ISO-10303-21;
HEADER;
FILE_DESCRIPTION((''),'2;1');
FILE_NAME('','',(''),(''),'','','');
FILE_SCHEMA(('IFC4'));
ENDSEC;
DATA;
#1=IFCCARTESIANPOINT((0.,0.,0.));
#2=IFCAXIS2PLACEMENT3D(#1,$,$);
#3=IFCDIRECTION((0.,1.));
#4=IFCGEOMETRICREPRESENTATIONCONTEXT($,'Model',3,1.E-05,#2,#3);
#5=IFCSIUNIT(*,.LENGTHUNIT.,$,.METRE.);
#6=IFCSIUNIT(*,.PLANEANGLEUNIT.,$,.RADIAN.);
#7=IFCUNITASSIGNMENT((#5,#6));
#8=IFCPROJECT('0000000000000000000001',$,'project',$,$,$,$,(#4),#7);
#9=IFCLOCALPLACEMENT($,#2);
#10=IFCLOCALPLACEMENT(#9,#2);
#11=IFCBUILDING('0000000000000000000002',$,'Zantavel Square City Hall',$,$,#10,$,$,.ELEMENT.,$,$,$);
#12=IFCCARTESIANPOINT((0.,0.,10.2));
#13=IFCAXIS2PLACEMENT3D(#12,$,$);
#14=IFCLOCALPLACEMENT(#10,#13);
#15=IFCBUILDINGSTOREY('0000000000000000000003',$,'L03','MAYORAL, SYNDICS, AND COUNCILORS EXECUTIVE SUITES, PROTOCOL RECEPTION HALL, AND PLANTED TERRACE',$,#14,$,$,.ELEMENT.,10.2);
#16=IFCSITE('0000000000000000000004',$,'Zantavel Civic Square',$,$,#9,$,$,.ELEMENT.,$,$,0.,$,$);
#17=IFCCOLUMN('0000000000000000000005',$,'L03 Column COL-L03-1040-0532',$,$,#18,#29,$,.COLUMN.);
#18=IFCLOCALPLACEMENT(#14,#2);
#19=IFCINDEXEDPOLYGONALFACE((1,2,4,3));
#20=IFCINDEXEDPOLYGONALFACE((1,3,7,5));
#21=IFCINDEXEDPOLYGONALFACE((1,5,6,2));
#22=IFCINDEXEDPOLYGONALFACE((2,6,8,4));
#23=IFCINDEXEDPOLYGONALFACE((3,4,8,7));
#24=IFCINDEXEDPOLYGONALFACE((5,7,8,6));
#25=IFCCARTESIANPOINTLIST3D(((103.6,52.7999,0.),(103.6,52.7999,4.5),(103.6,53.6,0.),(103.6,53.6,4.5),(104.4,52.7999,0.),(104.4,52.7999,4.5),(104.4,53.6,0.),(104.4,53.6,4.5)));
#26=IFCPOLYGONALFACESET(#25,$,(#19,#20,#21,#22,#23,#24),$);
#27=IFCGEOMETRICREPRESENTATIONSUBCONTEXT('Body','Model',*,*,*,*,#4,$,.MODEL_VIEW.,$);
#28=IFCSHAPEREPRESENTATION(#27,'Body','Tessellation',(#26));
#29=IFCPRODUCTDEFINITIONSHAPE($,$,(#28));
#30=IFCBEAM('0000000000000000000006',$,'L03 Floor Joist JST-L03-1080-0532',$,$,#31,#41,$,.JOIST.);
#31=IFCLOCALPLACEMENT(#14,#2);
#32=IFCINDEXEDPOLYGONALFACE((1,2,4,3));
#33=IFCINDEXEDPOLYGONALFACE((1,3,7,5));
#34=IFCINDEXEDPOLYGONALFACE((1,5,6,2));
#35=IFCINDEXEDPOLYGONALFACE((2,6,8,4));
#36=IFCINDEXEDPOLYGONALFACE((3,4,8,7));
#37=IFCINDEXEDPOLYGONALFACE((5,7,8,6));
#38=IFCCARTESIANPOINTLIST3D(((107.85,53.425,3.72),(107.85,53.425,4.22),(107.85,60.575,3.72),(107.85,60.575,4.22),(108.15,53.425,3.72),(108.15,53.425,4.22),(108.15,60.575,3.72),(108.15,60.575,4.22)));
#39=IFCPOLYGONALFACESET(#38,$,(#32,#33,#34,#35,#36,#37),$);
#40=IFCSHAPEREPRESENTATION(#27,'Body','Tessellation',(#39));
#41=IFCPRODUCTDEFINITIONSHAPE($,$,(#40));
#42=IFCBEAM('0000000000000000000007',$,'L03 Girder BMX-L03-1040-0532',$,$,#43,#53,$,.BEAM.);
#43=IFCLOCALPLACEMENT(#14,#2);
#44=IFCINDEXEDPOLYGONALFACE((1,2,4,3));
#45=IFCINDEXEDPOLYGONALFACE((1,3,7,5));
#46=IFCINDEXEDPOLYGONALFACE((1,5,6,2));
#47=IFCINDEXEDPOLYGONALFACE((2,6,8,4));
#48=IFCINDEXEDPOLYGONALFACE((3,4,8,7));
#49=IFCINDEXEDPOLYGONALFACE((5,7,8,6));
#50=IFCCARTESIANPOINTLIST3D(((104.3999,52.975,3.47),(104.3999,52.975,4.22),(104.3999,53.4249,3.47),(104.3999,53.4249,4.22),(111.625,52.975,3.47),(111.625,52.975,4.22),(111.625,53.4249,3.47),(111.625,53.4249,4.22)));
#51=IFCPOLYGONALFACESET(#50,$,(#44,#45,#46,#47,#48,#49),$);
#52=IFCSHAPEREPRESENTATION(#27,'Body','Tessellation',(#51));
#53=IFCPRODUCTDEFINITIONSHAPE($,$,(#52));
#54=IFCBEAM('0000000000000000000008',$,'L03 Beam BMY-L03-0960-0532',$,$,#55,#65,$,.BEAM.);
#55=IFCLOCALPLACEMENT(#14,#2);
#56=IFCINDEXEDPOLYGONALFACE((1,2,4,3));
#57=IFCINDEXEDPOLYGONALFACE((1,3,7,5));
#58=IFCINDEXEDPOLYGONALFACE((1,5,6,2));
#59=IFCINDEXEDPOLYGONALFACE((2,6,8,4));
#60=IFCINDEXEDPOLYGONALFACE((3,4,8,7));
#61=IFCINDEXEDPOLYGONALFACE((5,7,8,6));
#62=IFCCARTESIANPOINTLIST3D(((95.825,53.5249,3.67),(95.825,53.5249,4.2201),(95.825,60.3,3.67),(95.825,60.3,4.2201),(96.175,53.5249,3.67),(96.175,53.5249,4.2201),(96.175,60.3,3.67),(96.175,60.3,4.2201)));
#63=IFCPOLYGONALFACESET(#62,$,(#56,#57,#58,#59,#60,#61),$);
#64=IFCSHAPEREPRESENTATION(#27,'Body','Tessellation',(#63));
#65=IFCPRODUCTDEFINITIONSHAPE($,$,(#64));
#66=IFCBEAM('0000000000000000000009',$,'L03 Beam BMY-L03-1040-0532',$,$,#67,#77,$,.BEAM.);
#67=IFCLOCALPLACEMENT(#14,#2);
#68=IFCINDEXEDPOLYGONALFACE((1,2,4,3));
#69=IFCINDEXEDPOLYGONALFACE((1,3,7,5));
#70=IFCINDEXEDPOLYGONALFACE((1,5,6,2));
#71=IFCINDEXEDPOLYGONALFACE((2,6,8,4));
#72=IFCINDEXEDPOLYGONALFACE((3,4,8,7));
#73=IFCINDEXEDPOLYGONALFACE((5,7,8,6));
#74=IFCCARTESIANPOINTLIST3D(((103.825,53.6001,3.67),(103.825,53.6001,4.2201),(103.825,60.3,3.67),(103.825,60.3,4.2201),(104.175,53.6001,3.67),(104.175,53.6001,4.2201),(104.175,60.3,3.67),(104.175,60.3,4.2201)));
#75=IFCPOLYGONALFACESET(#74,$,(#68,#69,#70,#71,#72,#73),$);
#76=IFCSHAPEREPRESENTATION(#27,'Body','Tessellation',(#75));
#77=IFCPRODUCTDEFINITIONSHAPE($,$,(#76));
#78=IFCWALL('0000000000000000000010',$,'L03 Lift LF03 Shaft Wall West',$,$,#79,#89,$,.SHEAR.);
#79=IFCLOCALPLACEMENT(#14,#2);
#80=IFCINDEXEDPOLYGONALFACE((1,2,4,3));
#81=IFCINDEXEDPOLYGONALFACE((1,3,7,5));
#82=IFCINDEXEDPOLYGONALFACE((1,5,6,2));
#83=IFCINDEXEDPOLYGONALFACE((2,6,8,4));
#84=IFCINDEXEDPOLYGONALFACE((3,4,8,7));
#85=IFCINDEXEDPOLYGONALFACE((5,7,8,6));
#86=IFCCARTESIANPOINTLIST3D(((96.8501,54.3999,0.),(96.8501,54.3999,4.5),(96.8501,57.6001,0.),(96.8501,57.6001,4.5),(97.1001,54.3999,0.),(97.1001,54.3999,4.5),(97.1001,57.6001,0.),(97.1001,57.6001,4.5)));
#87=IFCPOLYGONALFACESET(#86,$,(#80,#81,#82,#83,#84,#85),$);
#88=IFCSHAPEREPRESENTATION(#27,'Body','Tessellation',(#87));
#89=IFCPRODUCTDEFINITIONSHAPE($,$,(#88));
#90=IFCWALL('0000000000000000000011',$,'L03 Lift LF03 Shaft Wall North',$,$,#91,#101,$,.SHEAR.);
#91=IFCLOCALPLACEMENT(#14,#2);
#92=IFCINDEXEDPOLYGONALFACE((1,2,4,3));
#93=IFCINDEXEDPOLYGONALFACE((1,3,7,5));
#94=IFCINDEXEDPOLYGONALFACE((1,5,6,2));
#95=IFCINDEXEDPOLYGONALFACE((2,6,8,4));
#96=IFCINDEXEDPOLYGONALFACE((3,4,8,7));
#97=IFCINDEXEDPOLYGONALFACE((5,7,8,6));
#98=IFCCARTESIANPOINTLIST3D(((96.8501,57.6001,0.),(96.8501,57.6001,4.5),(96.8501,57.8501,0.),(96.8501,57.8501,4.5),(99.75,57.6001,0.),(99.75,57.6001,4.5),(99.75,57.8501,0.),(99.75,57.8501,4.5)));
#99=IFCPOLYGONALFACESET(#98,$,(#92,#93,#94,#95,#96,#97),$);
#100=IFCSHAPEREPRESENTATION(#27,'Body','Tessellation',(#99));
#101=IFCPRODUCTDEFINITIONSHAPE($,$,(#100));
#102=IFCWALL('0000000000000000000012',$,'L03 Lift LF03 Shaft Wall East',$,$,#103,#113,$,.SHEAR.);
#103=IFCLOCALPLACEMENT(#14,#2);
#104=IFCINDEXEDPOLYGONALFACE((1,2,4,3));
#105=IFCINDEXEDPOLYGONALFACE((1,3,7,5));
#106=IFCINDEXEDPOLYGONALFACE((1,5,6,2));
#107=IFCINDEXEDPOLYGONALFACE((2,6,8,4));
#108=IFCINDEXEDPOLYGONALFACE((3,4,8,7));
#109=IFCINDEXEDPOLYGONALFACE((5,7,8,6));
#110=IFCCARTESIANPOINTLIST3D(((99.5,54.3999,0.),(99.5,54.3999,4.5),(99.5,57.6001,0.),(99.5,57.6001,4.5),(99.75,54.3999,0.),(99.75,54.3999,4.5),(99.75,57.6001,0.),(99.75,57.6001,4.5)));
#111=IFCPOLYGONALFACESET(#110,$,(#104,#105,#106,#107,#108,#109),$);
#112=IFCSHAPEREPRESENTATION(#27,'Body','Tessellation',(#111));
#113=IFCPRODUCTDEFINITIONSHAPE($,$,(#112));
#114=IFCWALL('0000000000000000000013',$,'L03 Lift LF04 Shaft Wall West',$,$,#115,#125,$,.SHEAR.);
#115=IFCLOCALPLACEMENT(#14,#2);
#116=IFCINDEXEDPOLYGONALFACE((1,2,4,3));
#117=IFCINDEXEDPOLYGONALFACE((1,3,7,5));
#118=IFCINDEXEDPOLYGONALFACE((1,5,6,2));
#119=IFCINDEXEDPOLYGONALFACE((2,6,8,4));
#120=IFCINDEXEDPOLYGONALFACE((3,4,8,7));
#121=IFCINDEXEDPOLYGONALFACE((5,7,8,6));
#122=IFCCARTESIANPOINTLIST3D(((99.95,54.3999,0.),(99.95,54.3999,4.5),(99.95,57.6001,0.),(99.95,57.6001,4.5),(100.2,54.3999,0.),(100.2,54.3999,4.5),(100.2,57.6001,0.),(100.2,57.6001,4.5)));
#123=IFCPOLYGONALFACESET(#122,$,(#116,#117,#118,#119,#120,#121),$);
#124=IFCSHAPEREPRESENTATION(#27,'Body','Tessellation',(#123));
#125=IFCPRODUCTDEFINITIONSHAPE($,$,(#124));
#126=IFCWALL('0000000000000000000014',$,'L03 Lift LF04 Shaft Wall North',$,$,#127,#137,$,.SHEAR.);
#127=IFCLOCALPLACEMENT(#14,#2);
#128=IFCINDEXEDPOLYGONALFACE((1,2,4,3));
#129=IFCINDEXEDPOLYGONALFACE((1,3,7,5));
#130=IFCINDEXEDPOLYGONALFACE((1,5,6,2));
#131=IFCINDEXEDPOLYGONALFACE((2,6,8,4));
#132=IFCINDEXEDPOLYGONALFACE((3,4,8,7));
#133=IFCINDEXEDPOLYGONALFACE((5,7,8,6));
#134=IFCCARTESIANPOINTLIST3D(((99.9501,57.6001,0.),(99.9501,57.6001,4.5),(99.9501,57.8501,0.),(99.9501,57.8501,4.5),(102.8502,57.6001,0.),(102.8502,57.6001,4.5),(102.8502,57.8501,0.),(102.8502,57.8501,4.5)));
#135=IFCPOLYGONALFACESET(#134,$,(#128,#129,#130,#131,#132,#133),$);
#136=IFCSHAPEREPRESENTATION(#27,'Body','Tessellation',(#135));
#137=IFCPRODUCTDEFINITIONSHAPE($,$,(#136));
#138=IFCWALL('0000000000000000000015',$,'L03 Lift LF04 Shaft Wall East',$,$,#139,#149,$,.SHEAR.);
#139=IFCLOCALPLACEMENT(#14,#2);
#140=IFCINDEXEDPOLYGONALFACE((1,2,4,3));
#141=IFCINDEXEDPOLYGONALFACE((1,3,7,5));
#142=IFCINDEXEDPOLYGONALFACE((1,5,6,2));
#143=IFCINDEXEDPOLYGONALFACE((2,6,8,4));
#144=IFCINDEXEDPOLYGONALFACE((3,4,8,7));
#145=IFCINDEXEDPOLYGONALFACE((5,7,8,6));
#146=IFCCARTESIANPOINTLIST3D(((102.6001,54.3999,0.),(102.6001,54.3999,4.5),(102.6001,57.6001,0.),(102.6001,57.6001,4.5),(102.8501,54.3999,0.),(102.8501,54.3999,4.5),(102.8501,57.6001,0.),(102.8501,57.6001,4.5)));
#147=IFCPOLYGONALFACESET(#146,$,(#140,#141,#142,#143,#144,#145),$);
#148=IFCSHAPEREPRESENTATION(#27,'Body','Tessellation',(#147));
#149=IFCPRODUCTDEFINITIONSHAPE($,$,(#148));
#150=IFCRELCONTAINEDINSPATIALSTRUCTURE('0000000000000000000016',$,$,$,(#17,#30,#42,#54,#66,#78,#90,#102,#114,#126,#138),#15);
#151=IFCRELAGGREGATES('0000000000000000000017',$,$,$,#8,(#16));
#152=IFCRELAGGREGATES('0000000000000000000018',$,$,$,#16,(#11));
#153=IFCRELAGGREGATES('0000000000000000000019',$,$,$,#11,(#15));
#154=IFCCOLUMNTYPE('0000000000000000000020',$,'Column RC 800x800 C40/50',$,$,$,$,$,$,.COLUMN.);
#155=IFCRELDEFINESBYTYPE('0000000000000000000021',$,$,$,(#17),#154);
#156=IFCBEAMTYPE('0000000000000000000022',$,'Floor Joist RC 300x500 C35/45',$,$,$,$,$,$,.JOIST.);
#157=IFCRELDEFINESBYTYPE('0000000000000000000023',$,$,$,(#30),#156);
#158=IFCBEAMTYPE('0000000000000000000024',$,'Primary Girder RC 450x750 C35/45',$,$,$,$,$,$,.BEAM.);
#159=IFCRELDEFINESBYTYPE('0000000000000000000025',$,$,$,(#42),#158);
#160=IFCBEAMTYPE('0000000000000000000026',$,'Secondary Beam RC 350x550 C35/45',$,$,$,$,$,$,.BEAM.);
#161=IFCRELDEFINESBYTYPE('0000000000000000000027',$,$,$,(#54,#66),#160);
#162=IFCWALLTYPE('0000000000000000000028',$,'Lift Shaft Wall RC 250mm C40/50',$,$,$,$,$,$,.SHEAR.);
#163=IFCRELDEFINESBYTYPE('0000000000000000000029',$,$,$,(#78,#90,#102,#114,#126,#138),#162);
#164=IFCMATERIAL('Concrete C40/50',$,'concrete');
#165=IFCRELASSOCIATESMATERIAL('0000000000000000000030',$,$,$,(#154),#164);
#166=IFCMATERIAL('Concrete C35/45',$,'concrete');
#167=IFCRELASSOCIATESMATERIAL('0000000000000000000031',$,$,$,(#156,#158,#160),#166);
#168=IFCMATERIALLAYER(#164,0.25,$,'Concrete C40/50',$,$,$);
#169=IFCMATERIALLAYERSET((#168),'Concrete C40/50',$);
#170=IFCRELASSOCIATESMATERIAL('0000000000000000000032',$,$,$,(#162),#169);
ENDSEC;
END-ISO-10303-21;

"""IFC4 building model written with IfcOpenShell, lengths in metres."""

from ifc_helpers import new_model, si_unit, direction, frame, frame_2d, origin, origin_2d, place, context, subcontext, project, spatial, rectangle, extrude, material, layer, layer_set, material_profile, profile_set, type_object, element, save


model = new_model("IFC4")

# Units and contexts
model_context = context("Model", 3, precision=1e-05, world=origin(), true_north=direction((0.0, 1.0)))
body_context = subcontext(model_context, "Body", "Model", "MODEL_VIEW")
ifc_project = project(units=[si_unit("LENGTHUNIT", "METRE"), si_unit("PLANEANGLEUNIT", "RADIAN")], contexts=[model_context])

# Site, building, storey
site_placement = place(None, origin())
site = spatial("IfcSite", under=ifc_project, at=site_placement, Name="Zantavel Civic Square", CompositionType="ELEMENT", RefElevation=0.0)
building_placement = place(site_placement, origin())
building = spatial("IfcBuilding", under=site, at=building_placement, Name="Zantavel Square City Hall", CompositionType="ELEMENT")
storey_placement = place(building_placement, frame((0.0, 0.0, 10.2)))
storey = spatial("IfcBuildingStorey", under=building, at=storey_placement, Name="L03", Description="MAYORAL, SYNDICS, AND COUNCILORS EXECUTIVE SUITES, PROTOCOL RECEPTION HALL, AND PLANTED TERRACE", CompositionType="ELEMENT", Elevation=10.2)

# Column
ifc_material_1 = material(Name="Concrete C40/50", Category="concrete")
ifc_material_profile_1 = material_profile(ifc_material_1, rectangle(XDim=0.8, YDim=0.8, at=origin_2d()), Name="RC 800x800")
ifc_profile_set_1 = profile_set([ifc_material_profile_1], Name="Concrete C40/50")
column_type = type_object("IfcColumnType", Name="Column RC 800x800 C40/50", PredefinedType="COLUMN", material=ifc_profile_set_1)
column_placement = place(storey_placement, frame((104.0, 53.2, 0.0), z_axis=(0.0, 0.0, 1.0), x_axis=(1.0, 0.0, 0.0)))
element("IfcColumn", 1, at=column_placement, inside=storey, type_object=column_type, Name="L03 Column COL-L03-1040-0532", PredefinedType="COLUMN", context=body_context, shape_type="SweptSolid", body=[
    extrude(rectangle(XDim=0.8, YDim=0.8, at=origin_2d()), origin(), (0.0, 0.0, 1.0), 4.5),
])

# Beams
ifc_material_2 = material(Name="Concrete C35/45", Category="concrete")
ifc_material_profile_2 = material_profile(ifc_material_2, rectangle(XDim=0.3, YDim=0.5, at=origin_2d()), Name="RC 300x500")
ifc_profile_set_2 = profile_set([ifc_material_profile_2], Name="Concrete C35/45")
beam_type_1 = type_object("IfcBeamType", Name="Floor Joist RC 300x500 C35/45", PredefinedType="JOIST", material=ifc_profile_set_2)
beam_1_placement = place(storey_placement, frame((108.0, 53.425, 3.97), z_axis=(0.0, 1.0, 0.0), x_axis=(-1.0, 0.0, 0.0)))
element("IfcBeam", 2, at=beam_1_placement, inside=storey, type_object=beam_type_1, Name="L03 Floor Joist JST-L03-1080-0532", PredefinedType="JOIST", context=body_context, shape_type="SweptSolid", body=[
    extrude(rectangle(XDim=0.3, YDim=0.5, at=origin_2d()), origin(), (0.0, 0.0, 1.0), 7.1499),
])
ifc_material_profile_3 = material_profile(ifc_material_2, rectangle(XDim=0.45, YDim=0.75, at=origin_2d()), Name="RC 450x750")
ifc_profile_set_3 = profile_set([ifc_material_profile_3], Name="Concrete C35/45")
beam_type_2 = type_object("IfcBeamType", Name="Primary Girder RC 450x750 C35/45", PredefinedType="BEAM", material=ifc_profile_set_3)
beam_2_placement = place(storey_placement, frame((104.3999, 53.2, 3.845), z_axis=(1.0, 0.0, 0.0), x_axis=(0.0, 1.0, 0.0)))
element("IfcBeam", 3, at=beam_2_placement, inside=storey, type_object=beam_type_2, Name="L03 Girder BMX-L03-1040-0532", PredefinedType="BEAM", context=body_context, shape_type="SweptSolid", body=[
    extrude(rectangle(XDim=0.45, YDim=0.75, at=origin_2d()), origin(), (0.0, 0.0, 1.0), 7.2251),
])
ifc_material_profile_4 = material_profile(ifc_material_2, rectangle(XDim=0.3501, YDim=0.55, at=origin_2d()), Name="RC 350x550")
ifc_profile_set_4 = profile_set([ifc_material_profile_4], Name="Concrete C35/45")
beam_type_3 = type_object("IfcBeamType", Name="Secondary Beam RC 350x550 C35/45", PredefinedType="BEAM", material=ifc_profile_set_4)
beam_3_placement = place(storey_placement, frame((96.0, 53.5249, 3.9451), z_axis=(0.0, 1.0, 0.0), x_axis=(-1.0, 0.0, 0.0)))
element("IfcBeam", 4, at=beam_3_placement, inside=storey, type_object=beam_type_3, Name="L03 Beam BMY-L03-0960-0532", PredefinedType="BEAM", context=body_context, shape_type="SweptSolid", body=[
    extrude(rectangle(XDim=0.3501, YDim=0.55, at=origin_2d()), origin(), (0.0, 0.0, 1.0), 6.7751),
])
beam_4_placement = place(storey_placement, frame((104.0, 53.6001, 3.9451), z_axis=(0.0, 1.0, 0.0), x_axis=(-1.0, 0.0, 0.0)))
element("IfcBeam", 5, at=beam_4_placement, inside=storey, type_object=beam_type_3, Name="L03 Beam BMY-L03-1040-0532", PredefinedType="BEAM", context=body_context, shape_type="SweptSolid", body=[
    extrude(rectangle(XDim=0.3501, YDim=0.55, at=origin_2d()), origin(), (0.0, 0.0, 1.0), 6.7),
])

# Shared definitions
ifc_layer_1 = layer(ifc_material_1, 0.25, Name="Concrete C40/50")
ifc_layer_set_1 = layer_set([ifc_layer_1], Name="Concrete C40/50")
wall_type_1 = type_object("IfcWallType", Name="Lift Shaft Wall RC 250mm C40/50", PredefinedType="SHEAR", material=ifc_layer_set_1)

# Walls
wall_1_placement = place(storey_placement, frame((96.9751, 54.3999, 0.0), z_axis=(0.0, 0.0, 1.0), x_axis=(0.0, 1.0, 0.0)))
element("IfcWall", 6, at=wall_1_placement, inside=storey, type_object=wall_type_1, Name="L03 Lift LF03 Shaft Wall West", PredefinedType="SHEAR", context=body_context, shape_type="SweptSolid", body=[
    extrude(rectangle(XDim=3.2002, YDim=0.25, at=frame_2d((1.6001, 0.0))), origin(), (0.0, 0.0, 1.0), 4.5),
])
wall_2_placement = place(storey_placement, frame((96.8501, 57.7251, 0.0), z_axis=(0.0, 0.0, 1.0), x_axis=(1.0, 0.0, 0.0)))
element("IfcWall", 7, at=wall_2_placement, inside=storey, type_object=wall_type_1, Name="L03 Lift LF03 Shaft Wall North", PredefinedType="SHEAR", context=body_context, shape_type="SweptSolid", body=[
    extrude(rectangle(XDim=2.8999, YDim=0.25, at=frame_2d((1.45, 0.0))), origin(), (0.0, 0.0, 1.0), 4.5),
])
wall_3_placement = place(storey_placement, frame((99.625, 57.6001, 0.0), z_axis=(0.0, 0.0, 1.0), x_axis=(0.0, -1.0, 0.0)))
element("IfcWall", 8, at=wall_3_placement, inside=storey, type_object=wall_type_1, Name="L03 Lift LF03 Shaft Wall East", PredefinedType="SHEAR", context=body_context, shape_type="SweptSolid", body=[
    extrude(rectangle(XDim=3.2002, YDim=0.25, at=frame_2d((1.6001, 0.0))), origin(), (0.0, 0.0, 1.0), 4.5),
])

# Walls
wall_4_placement = place(storey_placement, frame((100.075, 54.3999, 0.0), z_axis=(0.0, 0.0, 1.0), x_axis=(0.0, 1.0, 0.0)))
element("IfcWall", 9, at=wall_4_placement, inside=storey, type_object=wall_type_1, Name="L03 Lift LF04 Shaft Wall West", PredefinedType="SHEAR", context=body_context, shape_type="SweptSolid", body=[
    extrude(rectangle(XDim=3.2002, YDim=0.25, at=frame_2d((1.6001, 0.0))), origin(), (0.0, 0.0, 1.0), 4.5),
])
wall_5_placement = place(storey_placement, frame((99.95, 57.7251, 0.0), z_axis=(0.0, 0.0, 1.0), x_axis=(1.0, 0.0, 0.0)))
element("IfcWall", 10, at=wall_5_placement, inside=storey, type_object=wall_type_1, Name="L03 Lift LF04 Shaft Wall North", PredefinedType="SHEAR", context=body_context, shape_type="SweptSolid", body=[
    extrude(rectangle(XDim=2.9001, YDim=0.25, at=frame_2d((1.4502, 0.0))), origin(), (0.0, 0.0, 1.0), 4.5),
])
wall_6_placement = place(storey_placement, frame((102.7251, 57.6001, 0.0), z_axis=(0.0, 0.0, 1.0), x_axis=(0.0, -1.0, 0.0)))
element("IfcWall", 11, at=wall_6_placement, inside=storey, type_object=wall_type_1, Name="L03 Lift LF04 Shaft Wall East", PredefinedType="SHEAR", context=body_context, shape_type="SweptSolid", body=[
    extrude(rectangle(XDim=3.2002, YDim=0.25, at=frame_2d((1.6001, 0.0))), origin(), (0.0, 0.0, 1.0), 4.5),
])

save(model, "model.ifc")
